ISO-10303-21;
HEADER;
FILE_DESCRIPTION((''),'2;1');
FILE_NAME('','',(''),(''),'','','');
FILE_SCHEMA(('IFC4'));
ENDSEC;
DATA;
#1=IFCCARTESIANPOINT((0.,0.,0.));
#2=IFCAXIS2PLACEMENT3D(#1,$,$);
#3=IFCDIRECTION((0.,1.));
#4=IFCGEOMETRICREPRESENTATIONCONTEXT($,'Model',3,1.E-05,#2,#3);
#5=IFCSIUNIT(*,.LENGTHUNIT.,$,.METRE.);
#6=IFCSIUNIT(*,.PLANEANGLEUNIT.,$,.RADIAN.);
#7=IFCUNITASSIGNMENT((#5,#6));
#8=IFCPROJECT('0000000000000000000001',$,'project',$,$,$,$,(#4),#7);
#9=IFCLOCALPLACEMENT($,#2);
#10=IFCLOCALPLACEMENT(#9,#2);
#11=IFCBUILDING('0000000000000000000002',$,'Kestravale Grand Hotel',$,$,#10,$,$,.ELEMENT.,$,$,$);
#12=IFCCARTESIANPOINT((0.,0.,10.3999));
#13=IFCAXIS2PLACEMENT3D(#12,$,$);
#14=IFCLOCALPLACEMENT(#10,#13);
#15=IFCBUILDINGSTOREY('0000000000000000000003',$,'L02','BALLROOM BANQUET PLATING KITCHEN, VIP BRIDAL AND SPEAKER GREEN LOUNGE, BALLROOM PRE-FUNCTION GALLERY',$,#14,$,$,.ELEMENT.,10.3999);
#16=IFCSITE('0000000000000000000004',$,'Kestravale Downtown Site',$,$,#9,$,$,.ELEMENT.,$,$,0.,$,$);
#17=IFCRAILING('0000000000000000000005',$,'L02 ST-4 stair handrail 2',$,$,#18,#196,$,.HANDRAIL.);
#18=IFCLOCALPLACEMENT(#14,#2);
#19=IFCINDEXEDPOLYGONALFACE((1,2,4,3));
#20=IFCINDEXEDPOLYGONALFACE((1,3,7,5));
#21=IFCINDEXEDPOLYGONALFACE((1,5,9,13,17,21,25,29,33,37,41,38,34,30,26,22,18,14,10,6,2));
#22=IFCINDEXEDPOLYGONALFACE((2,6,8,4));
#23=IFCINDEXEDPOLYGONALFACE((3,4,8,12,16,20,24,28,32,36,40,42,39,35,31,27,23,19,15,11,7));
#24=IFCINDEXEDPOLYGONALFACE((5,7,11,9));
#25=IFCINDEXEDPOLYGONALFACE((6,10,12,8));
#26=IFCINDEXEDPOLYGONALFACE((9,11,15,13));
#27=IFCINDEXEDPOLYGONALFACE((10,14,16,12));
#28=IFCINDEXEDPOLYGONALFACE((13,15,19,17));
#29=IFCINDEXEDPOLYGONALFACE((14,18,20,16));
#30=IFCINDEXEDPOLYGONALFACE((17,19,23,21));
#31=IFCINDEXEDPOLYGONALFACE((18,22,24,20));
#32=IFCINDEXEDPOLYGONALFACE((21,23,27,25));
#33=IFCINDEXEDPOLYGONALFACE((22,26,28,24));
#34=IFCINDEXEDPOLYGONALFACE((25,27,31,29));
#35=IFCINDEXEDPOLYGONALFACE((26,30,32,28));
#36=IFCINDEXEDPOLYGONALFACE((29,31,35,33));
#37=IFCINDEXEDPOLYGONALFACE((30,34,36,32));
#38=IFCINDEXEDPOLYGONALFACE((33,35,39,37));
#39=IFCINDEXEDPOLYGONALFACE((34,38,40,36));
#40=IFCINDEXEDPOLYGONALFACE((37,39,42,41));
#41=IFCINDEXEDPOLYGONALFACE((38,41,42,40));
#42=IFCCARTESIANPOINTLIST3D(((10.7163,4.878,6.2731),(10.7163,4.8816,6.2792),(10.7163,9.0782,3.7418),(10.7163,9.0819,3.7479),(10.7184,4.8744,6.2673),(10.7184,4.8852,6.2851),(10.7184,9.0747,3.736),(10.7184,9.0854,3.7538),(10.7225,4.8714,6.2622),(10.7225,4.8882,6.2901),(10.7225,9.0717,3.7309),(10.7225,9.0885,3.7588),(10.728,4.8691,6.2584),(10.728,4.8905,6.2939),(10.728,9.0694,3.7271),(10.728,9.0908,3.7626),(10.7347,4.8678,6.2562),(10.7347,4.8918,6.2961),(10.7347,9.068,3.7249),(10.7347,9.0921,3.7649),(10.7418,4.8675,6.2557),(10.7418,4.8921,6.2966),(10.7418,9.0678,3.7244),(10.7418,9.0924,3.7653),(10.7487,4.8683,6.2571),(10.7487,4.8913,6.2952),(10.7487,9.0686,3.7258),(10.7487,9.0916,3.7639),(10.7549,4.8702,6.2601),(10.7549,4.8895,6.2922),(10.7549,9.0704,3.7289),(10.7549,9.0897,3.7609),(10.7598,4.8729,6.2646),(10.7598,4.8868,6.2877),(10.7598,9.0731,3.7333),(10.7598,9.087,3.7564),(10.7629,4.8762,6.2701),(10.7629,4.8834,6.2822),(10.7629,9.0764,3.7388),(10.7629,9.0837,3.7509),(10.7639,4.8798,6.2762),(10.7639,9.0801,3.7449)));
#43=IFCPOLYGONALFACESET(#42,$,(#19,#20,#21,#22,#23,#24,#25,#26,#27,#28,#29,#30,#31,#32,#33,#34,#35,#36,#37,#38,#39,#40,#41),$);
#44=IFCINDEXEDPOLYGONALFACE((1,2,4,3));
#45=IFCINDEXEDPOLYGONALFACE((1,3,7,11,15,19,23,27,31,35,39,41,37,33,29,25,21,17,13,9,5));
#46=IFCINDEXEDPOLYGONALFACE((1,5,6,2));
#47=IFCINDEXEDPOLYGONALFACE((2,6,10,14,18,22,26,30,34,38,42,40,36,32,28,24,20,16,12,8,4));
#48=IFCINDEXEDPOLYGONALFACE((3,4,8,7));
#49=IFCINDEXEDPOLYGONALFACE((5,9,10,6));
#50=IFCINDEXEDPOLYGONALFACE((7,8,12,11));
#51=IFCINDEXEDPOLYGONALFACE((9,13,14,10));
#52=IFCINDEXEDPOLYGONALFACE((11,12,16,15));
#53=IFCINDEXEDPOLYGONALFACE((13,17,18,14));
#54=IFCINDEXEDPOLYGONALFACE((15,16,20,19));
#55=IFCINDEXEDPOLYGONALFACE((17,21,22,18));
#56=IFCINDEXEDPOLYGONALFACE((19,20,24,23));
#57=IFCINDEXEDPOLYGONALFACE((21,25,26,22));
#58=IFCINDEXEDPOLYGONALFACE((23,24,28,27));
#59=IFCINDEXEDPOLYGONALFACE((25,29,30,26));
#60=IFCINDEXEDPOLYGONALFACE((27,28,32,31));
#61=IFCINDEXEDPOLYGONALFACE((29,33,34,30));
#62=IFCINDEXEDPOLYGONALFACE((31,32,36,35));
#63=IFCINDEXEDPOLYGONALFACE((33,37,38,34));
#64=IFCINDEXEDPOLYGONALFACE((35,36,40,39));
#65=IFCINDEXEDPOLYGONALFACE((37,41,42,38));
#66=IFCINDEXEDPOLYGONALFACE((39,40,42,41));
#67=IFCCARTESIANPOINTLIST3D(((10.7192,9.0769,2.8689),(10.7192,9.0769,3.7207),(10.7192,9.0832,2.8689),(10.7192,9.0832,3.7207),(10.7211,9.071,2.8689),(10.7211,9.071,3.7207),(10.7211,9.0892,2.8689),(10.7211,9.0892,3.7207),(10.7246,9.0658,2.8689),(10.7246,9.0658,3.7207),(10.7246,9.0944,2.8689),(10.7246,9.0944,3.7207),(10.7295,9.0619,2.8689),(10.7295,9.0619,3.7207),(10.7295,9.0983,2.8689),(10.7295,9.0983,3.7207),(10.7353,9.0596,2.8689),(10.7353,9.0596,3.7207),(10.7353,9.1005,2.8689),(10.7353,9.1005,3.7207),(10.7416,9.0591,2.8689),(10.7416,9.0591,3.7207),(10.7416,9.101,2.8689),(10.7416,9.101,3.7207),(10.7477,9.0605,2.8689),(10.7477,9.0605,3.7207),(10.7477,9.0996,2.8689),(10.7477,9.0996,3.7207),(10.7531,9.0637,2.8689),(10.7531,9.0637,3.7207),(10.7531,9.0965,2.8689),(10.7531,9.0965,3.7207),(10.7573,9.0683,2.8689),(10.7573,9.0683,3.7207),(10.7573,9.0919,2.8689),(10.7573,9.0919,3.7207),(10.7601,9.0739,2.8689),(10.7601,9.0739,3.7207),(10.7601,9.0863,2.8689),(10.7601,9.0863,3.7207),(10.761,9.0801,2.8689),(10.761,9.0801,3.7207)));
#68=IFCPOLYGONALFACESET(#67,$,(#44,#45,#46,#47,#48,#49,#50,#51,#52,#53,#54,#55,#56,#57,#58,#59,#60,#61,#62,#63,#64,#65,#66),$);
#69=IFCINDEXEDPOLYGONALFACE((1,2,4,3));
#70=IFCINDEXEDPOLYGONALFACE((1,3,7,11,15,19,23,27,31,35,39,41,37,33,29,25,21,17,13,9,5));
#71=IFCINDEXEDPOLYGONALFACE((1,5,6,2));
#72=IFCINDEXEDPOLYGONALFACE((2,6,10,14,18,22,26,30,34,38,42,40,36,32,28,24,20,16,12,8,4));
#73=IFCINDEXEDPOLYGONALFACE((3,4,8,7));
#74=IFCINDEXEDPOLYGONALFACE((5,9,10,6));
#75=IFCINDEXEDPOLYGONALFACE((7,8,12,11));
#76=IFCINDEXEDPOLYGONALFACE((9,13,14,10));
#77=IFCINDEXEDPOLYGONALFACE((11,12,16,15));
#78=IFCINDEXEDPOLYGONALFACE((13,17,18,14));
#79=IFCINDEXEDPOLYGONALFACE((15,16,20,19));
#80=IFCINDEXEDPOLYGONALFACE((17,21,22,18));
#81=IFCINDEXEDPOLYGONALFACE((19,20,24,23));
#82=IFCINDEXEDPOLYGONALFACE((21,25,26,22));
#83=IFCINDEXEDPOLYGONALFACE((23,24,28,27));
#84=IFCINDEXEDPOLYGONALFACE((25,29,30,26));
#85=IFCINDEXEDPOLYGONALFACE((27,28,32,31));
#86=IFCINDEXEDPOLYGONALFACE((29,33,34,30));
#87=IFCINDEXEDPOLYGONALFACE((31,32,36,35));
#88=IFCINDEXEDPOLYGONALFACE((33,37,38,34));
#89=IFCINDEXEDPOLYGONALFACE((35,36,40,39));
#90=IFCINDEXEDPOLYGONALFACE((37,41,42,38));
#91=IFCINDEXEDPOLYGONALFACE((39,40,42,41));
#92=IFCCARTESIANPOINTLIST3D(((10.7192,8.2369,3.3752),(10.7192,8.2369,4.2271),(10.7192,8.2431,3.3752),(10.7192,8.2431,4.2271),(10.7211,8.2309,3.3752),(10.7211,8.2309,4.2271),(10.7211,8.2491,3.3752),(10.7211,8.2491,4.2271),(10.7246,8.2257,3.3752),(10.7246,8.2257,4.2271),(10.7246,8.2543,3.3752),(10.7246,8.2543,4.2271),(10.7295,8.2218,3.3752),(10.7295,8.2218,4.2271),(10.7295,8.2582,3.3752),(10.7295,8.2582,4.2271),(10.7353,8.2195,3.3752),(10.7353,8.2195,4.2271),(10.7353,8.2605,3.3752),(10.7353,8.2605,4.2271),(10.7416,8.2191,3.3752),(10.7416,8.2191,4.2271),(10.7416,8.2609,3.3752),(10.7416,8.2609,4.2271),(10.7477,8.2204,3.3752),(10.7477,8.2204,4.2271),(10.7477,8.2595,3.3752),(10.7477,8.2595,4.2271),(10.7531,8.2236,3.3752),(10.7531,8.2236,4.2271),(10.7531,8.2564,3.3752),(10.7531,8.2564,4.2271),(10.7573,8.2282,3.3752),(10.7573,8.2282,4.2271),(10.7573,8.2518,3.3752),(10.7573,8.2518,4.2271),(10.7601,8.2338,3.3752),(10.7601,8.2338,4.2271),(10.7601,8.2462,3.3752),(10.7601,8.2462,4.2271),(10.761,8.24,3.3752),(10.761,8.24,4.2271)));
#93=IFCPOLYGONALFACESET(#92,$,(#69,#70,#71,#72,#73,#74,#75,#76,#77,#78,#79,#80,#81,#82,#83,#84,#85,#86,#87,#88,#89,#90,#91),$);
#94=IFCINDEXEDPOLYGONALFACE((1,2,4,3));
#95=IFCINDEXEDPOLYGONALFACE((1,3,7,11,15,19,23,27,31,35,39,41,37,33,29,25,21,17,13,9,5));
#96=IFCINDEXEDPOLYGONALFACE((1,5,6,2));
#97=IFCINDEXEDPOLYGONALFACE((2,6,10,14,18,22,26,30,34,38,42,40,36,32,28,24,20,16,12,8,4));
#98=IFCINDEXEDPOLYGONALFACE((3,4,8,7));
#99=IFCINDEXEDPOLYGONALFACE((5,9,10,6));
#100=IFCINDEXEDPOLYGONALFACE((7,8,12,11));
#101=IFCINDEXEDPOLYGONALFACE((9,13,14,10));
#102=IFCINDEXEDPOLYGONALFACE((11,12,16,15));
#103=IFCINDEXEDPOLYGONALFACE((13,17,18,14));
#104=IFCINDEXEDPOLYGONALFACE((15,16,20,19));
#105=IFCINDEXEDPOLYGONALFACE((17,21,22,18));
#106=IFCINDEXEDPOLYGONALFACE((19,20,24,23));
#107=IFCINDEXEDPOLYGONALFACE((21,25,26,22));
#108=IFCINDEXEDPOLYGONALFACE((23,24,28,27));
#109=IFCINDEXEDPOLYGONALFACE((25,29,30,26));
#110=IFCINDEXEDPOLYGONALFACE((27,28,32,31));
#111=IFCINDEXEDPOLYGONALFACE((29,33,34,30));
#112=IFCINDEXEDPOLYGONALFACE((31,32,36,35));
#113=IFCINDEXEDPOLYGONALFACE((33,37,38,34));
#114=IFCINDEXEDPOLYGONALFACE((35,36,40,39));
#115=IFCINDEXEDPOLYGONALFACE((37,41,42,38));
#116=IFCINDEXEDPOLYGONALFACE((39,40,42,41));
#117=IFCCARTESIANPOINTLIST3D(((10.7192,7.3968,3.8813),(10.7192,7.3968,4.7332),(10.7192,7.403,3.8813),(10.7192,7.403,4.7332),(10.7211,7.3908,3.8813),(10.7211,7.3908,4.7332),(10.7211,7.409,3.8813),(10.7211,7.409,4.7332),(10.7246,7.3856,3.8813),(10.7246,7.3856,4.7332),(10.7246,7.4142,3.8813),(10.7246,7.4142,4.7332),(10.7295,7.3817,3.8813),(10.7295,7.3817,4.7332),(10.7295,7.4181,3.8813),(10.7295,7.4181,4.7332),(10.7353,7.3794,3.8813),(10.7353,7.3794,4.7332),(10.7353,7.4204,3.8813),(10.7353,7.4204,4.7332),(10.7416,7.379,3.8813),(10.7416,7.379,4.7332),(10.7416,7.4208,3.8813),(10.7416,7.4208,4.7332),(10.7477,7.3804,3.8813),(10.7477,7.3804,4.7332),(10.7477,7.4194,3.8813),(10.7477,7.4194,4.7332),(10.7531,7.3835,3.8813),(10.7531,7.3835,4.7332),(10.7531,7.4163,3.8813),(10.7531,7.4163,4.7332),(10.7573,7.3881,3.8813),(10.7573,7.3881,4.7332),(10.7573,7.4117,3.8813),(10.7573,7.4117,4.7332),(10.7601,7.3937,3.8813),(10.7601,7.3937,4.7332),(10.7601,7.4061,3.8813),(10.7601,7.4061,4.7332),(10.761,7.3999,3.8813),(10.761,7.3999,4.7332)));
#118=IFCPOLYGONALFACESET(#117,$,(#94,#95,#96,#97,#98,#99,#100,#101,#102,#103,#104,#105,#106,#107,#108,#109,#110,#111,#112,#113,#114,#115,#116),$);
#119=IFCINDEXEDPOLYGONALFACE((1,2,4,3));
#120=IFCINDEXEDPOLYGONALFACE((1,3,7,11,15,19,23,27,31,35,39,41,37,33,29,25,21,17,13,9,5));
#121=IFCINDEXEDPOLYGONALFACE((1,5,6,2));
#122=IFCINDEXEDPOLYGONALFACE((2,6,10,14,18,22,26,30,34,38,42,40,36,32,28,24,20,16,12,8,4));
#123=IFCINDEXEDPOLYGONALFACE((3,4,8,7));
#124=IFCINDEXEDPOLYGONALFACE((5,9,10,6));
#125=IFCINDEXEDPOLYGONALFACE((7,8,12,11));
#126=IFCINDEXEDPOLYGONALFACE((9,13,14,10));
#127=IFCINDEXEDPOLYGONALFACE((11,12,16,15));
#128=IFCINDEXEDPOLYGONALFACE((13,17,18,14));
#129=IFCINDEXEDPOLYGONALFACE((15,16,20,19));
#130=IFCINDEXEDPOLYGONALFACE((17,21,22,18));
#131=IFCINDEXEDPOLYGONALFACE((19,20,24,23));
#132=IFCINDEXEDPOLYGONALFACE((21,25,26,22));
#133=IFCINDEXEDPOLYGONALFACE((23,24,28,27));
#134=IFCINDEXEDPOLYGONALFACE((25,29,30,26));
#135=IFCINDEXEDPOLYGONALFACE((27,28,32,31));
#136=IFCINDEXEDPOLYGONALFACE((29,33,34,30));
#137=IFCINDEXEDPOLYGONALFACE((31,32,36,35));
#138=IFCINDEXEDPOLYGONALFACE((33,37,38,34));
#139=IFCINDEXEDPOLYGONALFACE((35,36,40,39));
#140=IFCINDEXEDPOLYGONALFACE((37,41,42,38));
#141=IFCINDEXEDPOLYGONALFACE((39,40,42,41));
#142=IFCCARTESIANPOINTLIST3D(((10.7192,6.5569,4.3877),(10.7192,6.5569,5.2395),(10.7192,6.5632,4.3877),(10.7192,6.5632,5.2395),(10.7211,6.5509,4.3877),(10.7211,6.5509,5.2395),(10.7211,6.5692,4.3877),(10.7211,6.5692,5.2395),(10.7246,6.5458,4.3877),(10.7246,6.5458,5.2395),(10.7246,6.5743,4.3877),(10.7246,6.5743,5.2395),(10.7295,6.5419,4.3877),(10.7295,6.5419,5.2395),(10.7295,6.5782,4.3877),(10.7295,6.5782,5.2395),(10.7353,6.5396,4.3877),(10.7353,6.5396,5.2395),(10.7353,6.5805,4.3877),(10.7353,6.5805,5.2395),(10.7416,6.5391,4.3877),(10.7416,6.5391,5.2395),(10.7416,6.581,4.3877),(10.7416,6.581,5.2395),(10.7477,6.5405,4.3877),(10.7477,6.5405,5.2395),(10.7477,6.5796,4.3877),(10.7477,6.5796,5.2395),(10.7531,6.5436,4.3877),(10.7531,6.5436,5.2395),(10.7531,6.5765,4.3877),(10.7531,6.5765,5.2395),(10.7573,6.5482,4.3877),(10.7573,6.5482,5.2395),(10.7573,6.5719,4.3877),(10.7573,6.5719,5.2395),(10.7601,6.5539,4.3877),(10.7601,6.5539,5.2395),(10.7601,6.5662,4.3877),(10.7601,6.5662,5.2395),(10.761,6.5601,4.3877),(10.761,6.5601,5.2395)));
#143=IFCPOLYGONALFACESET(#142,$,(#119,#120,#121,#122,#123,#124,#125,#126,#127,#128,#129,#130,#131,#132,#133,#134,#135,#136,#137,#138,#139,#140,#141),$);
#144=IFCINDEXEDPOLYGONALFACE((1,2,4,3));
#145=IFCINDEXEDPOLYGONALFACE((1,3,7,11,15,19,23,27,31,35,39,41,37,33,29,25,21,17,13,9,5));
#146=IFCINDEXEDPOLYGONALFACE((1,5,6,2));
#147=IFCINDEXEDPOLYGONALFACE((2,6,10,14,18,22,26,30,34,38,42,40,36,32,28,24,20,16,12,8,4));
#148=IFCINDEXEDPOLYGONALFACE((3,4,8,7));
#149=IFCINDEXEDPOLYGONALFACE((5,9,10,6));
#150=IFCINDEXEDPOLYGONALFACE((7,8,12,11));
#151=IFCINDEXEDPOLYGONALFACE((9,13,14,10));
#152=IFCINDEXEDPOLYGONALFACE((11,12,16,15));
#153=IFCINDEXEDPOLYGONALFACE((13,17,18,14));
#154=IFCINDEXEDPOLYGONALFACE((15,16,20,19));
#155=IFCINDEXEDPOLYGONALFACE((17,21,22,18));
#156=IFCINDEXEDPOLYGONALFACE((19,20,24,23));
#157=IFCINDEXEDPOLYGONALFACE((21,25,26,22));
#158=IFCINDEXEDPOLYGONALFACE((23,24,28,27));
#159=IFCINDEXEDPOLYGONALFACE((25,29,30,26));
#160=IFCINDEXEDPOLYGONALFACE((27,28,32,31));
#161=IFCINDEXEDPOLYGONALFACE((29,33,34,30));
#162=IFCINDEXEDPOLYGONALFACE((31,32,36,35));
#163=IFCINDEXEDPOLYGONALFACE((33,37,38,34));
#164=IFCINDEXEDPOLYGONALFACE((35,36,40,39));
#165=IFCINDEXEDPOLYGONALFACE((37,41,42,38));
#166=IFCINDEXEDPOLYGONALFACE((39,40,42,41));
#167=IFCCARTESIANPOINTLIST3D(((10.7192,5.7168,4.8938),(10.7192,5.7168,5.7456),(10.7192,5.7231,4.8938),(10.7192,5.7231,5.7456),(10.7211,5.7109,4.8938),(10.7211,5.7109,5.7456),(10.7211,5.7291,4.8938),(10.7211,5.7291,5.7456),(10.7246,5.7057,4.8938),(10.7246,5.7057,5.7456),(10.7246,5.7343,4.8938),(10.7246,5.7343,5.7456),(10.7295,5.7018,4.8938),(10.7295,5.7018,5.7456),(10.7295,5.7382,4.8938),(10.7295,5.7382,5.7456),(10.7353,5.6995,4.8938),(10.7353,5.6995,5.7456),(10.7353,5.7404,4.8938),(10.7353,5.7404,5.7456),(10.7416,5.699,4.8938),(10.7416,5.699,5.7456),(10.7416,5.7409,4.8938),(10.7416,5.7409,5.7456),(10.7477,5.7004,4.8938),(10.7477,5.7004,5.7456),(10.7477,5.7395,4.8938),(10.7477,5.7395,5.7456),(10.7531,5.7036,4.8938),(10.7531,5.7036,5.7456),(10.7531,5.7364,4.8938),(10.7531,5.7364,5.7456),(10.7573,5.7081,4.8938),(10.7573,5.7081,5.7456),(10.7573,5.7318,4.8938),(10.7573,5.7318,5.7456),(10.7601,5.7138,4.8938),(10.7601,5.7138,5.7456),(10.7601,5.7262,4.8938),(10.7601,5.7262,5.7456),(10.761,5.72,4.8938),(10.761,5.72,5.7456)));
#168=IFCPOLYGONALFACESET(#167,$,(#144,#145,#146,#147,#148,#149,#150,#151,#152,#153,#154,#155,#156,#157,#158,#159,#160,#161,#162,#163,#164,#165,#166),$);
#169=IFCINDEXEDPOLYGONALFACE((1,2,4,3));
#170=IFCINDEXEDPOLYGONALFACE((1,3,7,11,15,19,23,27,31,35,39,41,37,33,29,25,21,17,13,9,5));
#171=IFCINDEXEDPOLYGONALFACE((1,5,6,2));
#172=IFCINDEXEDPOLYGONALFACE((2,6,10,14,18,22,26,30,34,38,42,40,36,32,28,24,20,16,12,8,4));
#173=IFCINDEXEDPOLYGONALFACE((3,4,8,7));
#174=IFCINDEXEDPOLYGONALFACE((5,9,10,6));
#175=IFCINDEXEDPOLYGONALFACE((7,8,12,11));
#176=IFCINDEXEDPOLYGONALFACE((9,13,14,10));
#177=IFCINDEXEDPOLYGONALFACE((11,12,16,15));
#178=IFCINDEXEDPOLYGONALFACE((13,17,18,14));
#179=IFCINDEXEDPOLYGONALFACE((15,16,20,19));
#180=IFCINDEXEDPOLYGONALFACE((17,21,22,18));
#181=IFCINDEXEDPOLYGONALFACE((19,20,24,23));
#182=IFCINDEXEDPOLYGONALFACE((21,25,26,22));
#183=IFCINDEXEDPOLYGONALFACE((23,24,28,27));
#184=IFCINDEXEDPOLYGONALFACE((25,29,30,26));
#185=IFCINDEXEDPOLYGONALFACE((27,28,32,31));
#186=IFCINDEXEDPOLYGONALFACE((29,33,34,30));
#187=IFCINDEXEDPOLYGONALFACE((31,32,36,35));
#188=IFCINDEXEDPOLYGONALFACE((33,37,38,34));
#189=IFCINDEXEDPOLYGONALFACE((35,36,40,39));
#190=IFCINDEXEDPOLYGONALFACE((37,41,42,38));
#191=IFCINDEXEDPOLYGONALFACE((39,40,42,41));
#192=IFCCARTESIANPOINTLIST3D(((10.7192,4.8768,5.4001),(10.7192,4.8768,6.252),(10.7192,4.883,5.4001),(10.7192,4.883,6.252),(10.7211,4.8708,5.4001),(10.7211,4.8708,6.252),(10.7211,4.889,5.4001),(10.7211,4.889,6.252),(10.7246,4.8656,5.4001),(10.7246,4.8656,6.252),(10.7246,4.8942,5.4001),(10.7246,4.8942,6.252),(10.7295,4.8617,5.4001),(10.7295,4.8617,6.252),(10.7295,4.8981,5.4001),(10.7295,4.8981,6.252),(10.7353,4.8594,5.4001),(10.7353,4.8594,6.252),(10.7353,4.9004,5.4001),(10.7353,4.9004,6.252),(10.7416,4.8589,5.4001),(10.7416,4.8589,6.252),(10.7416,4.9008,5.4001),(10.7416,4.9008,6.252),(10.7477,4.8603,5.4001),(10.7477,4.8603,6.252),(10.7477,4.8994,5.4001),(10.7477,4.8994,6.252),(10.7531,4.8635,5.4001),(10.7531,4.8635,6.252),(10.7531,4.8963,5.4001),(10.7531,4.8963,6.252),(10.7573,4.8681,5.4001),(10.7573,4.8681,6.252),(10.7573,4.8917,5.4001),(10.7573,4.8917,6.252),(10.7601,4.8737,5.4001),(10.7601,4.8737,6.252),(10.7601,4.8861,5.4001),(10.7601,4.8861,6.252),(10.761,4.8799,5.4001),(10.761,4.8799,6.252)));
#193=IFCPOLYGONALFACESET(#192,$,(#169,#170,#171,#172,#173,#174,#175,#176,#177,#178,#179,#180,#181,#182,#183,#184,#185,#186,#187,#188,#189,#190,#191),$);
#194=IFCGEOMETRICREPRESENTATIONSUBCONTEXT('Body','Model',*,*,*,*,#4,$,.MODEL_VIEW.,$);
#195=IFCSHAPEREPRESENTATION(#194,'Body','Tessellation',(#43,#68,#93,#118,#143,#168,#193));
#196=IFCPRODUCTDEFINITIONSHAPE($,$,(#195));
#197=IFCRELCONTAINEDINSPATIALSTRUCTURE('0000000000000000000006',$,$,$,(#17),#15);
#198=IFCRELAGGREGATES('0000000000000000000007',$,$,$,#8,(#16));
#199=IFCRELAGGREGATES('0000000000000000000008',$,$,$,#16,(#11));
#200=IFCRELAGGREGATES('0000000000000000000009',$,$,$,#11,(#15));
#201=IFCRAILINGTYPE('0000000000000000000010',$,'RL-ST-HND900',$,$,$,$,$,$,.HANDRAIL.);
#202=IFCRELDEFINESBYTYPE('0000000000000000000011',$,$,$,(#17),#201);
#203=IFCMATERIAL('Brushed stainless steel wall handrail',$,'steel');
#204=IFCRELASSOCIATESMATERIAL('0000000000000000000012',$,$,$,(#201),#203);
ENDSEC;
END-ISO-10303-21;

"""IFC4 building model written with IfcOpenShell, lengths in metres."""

from ifc_helpers import new_model, si_unit, direction, frame, origin, origin_2d, place, context, subcontext, project, spatial, circle, extrude, material, type_object, element, save


model = new_model("IFC4")

# Units and contexts
model_context = context("Model", 3, precision=1e-05, world=origin(), true_north=direction((0.0, 1.0)))
body_context = subcontext(model_context, "Body", "Model", "MODEL_VIEW")
ifc_project = project(units=[si_unit("LENGTHUNIT", "METRE"), si_unit("PLANEANGLEUNIT", "RADIAN")], contexts=[model_context])

# Site, building, storey
site_placement = place(None, origin())
site = spatial("IfcSite", under=ifc_project, at=site_placement, Name="Kestravale Downtown Site", CompositionType="ELEMENT", RefElevation=0.0)
building_placement = place(site_placement, origin())
building = spatial("IfcBuilding", under=site, at=building_placement, Name="Kestravale Grand Hotel", CompositionType="ELEMENT")
storey_placement = place(building_placement, frame((0.0, 0.0, 10.3999)))
storey = spatial("IfcBuildingStorey", under=building, at=storey_placement, Name="L02", Description="BALLROOM BANQUET PLATING KITCHEN, VIP BRIDAL AND SPEAKER GREEN LOUNGE, BALLROOM PRE-FUNCTION GALLERY", CompositionType="ELEMENT", Elevation=10.3999)

# Railing
ifc_material_1 = material(Name="Brushed stainless steel wall handrail", Category="steel")
railing_type_1 = type_object("IfcRailingType", Name="RL-ST-HND900", PredefinedType="HANDRAIL", material=ifc_material_1)
railing_1_placement = place(storey_placement, frame((10.74, 9.0801, 2.8689)))
element("IfcRailing", 1, at=railing_1_placement, inside=storey, type_object=railing_type_1, Name="L02 ST-4 stair handrail 2", PredefinedType="HANDRAIL", context=body_context, shape_type="SweptSolid", body=[
    extrude(circle(Radius=0.0239, at=origin_2d()), frame((0.0, 0.0, 0.876), z_axis=(0.0, -0.85649, 0.516164), x_axis=(1.0, 0.0, 0.0)), (0.0, 0.0, 1.0), 4.9041),
    extrude(circle(Radius=0.021, at=origin_2d()), origin(), (0.0, 0.0, 1.0), 0.8518),
    extrude(circle(Radius=0.021, at=origin_2d()), frame((0.0, -0.8401, 0.5063)), (0.0, 0.0, 1.0), 0.8518),
    extrude(circle(Radius=0.021, at=origin_2d()), frame((0.0, -1.6802, 1.0125)), (0.0, 0.0, 1.0), 0.8518),
    extrude(circle(Radius=0.021, at=origin_2d()), frame((0.0, -2.52, 1.5188)), (0.0, 0.0, 1.0), 0.8518),
    extrude(circle(Radius=0.021, at=origin_2d()), frame((0.0, -3.3601, 2.0249)), (0.0, 0.0, 1.0), 0.8518),
    extrude(circle(Radius=0.021, at=origin_2d()), frame((0.0, -4.2002, 2.5312)), (0.0, 0.0, 1.0), 0.8518),
])

save(model, "model.ifc")
